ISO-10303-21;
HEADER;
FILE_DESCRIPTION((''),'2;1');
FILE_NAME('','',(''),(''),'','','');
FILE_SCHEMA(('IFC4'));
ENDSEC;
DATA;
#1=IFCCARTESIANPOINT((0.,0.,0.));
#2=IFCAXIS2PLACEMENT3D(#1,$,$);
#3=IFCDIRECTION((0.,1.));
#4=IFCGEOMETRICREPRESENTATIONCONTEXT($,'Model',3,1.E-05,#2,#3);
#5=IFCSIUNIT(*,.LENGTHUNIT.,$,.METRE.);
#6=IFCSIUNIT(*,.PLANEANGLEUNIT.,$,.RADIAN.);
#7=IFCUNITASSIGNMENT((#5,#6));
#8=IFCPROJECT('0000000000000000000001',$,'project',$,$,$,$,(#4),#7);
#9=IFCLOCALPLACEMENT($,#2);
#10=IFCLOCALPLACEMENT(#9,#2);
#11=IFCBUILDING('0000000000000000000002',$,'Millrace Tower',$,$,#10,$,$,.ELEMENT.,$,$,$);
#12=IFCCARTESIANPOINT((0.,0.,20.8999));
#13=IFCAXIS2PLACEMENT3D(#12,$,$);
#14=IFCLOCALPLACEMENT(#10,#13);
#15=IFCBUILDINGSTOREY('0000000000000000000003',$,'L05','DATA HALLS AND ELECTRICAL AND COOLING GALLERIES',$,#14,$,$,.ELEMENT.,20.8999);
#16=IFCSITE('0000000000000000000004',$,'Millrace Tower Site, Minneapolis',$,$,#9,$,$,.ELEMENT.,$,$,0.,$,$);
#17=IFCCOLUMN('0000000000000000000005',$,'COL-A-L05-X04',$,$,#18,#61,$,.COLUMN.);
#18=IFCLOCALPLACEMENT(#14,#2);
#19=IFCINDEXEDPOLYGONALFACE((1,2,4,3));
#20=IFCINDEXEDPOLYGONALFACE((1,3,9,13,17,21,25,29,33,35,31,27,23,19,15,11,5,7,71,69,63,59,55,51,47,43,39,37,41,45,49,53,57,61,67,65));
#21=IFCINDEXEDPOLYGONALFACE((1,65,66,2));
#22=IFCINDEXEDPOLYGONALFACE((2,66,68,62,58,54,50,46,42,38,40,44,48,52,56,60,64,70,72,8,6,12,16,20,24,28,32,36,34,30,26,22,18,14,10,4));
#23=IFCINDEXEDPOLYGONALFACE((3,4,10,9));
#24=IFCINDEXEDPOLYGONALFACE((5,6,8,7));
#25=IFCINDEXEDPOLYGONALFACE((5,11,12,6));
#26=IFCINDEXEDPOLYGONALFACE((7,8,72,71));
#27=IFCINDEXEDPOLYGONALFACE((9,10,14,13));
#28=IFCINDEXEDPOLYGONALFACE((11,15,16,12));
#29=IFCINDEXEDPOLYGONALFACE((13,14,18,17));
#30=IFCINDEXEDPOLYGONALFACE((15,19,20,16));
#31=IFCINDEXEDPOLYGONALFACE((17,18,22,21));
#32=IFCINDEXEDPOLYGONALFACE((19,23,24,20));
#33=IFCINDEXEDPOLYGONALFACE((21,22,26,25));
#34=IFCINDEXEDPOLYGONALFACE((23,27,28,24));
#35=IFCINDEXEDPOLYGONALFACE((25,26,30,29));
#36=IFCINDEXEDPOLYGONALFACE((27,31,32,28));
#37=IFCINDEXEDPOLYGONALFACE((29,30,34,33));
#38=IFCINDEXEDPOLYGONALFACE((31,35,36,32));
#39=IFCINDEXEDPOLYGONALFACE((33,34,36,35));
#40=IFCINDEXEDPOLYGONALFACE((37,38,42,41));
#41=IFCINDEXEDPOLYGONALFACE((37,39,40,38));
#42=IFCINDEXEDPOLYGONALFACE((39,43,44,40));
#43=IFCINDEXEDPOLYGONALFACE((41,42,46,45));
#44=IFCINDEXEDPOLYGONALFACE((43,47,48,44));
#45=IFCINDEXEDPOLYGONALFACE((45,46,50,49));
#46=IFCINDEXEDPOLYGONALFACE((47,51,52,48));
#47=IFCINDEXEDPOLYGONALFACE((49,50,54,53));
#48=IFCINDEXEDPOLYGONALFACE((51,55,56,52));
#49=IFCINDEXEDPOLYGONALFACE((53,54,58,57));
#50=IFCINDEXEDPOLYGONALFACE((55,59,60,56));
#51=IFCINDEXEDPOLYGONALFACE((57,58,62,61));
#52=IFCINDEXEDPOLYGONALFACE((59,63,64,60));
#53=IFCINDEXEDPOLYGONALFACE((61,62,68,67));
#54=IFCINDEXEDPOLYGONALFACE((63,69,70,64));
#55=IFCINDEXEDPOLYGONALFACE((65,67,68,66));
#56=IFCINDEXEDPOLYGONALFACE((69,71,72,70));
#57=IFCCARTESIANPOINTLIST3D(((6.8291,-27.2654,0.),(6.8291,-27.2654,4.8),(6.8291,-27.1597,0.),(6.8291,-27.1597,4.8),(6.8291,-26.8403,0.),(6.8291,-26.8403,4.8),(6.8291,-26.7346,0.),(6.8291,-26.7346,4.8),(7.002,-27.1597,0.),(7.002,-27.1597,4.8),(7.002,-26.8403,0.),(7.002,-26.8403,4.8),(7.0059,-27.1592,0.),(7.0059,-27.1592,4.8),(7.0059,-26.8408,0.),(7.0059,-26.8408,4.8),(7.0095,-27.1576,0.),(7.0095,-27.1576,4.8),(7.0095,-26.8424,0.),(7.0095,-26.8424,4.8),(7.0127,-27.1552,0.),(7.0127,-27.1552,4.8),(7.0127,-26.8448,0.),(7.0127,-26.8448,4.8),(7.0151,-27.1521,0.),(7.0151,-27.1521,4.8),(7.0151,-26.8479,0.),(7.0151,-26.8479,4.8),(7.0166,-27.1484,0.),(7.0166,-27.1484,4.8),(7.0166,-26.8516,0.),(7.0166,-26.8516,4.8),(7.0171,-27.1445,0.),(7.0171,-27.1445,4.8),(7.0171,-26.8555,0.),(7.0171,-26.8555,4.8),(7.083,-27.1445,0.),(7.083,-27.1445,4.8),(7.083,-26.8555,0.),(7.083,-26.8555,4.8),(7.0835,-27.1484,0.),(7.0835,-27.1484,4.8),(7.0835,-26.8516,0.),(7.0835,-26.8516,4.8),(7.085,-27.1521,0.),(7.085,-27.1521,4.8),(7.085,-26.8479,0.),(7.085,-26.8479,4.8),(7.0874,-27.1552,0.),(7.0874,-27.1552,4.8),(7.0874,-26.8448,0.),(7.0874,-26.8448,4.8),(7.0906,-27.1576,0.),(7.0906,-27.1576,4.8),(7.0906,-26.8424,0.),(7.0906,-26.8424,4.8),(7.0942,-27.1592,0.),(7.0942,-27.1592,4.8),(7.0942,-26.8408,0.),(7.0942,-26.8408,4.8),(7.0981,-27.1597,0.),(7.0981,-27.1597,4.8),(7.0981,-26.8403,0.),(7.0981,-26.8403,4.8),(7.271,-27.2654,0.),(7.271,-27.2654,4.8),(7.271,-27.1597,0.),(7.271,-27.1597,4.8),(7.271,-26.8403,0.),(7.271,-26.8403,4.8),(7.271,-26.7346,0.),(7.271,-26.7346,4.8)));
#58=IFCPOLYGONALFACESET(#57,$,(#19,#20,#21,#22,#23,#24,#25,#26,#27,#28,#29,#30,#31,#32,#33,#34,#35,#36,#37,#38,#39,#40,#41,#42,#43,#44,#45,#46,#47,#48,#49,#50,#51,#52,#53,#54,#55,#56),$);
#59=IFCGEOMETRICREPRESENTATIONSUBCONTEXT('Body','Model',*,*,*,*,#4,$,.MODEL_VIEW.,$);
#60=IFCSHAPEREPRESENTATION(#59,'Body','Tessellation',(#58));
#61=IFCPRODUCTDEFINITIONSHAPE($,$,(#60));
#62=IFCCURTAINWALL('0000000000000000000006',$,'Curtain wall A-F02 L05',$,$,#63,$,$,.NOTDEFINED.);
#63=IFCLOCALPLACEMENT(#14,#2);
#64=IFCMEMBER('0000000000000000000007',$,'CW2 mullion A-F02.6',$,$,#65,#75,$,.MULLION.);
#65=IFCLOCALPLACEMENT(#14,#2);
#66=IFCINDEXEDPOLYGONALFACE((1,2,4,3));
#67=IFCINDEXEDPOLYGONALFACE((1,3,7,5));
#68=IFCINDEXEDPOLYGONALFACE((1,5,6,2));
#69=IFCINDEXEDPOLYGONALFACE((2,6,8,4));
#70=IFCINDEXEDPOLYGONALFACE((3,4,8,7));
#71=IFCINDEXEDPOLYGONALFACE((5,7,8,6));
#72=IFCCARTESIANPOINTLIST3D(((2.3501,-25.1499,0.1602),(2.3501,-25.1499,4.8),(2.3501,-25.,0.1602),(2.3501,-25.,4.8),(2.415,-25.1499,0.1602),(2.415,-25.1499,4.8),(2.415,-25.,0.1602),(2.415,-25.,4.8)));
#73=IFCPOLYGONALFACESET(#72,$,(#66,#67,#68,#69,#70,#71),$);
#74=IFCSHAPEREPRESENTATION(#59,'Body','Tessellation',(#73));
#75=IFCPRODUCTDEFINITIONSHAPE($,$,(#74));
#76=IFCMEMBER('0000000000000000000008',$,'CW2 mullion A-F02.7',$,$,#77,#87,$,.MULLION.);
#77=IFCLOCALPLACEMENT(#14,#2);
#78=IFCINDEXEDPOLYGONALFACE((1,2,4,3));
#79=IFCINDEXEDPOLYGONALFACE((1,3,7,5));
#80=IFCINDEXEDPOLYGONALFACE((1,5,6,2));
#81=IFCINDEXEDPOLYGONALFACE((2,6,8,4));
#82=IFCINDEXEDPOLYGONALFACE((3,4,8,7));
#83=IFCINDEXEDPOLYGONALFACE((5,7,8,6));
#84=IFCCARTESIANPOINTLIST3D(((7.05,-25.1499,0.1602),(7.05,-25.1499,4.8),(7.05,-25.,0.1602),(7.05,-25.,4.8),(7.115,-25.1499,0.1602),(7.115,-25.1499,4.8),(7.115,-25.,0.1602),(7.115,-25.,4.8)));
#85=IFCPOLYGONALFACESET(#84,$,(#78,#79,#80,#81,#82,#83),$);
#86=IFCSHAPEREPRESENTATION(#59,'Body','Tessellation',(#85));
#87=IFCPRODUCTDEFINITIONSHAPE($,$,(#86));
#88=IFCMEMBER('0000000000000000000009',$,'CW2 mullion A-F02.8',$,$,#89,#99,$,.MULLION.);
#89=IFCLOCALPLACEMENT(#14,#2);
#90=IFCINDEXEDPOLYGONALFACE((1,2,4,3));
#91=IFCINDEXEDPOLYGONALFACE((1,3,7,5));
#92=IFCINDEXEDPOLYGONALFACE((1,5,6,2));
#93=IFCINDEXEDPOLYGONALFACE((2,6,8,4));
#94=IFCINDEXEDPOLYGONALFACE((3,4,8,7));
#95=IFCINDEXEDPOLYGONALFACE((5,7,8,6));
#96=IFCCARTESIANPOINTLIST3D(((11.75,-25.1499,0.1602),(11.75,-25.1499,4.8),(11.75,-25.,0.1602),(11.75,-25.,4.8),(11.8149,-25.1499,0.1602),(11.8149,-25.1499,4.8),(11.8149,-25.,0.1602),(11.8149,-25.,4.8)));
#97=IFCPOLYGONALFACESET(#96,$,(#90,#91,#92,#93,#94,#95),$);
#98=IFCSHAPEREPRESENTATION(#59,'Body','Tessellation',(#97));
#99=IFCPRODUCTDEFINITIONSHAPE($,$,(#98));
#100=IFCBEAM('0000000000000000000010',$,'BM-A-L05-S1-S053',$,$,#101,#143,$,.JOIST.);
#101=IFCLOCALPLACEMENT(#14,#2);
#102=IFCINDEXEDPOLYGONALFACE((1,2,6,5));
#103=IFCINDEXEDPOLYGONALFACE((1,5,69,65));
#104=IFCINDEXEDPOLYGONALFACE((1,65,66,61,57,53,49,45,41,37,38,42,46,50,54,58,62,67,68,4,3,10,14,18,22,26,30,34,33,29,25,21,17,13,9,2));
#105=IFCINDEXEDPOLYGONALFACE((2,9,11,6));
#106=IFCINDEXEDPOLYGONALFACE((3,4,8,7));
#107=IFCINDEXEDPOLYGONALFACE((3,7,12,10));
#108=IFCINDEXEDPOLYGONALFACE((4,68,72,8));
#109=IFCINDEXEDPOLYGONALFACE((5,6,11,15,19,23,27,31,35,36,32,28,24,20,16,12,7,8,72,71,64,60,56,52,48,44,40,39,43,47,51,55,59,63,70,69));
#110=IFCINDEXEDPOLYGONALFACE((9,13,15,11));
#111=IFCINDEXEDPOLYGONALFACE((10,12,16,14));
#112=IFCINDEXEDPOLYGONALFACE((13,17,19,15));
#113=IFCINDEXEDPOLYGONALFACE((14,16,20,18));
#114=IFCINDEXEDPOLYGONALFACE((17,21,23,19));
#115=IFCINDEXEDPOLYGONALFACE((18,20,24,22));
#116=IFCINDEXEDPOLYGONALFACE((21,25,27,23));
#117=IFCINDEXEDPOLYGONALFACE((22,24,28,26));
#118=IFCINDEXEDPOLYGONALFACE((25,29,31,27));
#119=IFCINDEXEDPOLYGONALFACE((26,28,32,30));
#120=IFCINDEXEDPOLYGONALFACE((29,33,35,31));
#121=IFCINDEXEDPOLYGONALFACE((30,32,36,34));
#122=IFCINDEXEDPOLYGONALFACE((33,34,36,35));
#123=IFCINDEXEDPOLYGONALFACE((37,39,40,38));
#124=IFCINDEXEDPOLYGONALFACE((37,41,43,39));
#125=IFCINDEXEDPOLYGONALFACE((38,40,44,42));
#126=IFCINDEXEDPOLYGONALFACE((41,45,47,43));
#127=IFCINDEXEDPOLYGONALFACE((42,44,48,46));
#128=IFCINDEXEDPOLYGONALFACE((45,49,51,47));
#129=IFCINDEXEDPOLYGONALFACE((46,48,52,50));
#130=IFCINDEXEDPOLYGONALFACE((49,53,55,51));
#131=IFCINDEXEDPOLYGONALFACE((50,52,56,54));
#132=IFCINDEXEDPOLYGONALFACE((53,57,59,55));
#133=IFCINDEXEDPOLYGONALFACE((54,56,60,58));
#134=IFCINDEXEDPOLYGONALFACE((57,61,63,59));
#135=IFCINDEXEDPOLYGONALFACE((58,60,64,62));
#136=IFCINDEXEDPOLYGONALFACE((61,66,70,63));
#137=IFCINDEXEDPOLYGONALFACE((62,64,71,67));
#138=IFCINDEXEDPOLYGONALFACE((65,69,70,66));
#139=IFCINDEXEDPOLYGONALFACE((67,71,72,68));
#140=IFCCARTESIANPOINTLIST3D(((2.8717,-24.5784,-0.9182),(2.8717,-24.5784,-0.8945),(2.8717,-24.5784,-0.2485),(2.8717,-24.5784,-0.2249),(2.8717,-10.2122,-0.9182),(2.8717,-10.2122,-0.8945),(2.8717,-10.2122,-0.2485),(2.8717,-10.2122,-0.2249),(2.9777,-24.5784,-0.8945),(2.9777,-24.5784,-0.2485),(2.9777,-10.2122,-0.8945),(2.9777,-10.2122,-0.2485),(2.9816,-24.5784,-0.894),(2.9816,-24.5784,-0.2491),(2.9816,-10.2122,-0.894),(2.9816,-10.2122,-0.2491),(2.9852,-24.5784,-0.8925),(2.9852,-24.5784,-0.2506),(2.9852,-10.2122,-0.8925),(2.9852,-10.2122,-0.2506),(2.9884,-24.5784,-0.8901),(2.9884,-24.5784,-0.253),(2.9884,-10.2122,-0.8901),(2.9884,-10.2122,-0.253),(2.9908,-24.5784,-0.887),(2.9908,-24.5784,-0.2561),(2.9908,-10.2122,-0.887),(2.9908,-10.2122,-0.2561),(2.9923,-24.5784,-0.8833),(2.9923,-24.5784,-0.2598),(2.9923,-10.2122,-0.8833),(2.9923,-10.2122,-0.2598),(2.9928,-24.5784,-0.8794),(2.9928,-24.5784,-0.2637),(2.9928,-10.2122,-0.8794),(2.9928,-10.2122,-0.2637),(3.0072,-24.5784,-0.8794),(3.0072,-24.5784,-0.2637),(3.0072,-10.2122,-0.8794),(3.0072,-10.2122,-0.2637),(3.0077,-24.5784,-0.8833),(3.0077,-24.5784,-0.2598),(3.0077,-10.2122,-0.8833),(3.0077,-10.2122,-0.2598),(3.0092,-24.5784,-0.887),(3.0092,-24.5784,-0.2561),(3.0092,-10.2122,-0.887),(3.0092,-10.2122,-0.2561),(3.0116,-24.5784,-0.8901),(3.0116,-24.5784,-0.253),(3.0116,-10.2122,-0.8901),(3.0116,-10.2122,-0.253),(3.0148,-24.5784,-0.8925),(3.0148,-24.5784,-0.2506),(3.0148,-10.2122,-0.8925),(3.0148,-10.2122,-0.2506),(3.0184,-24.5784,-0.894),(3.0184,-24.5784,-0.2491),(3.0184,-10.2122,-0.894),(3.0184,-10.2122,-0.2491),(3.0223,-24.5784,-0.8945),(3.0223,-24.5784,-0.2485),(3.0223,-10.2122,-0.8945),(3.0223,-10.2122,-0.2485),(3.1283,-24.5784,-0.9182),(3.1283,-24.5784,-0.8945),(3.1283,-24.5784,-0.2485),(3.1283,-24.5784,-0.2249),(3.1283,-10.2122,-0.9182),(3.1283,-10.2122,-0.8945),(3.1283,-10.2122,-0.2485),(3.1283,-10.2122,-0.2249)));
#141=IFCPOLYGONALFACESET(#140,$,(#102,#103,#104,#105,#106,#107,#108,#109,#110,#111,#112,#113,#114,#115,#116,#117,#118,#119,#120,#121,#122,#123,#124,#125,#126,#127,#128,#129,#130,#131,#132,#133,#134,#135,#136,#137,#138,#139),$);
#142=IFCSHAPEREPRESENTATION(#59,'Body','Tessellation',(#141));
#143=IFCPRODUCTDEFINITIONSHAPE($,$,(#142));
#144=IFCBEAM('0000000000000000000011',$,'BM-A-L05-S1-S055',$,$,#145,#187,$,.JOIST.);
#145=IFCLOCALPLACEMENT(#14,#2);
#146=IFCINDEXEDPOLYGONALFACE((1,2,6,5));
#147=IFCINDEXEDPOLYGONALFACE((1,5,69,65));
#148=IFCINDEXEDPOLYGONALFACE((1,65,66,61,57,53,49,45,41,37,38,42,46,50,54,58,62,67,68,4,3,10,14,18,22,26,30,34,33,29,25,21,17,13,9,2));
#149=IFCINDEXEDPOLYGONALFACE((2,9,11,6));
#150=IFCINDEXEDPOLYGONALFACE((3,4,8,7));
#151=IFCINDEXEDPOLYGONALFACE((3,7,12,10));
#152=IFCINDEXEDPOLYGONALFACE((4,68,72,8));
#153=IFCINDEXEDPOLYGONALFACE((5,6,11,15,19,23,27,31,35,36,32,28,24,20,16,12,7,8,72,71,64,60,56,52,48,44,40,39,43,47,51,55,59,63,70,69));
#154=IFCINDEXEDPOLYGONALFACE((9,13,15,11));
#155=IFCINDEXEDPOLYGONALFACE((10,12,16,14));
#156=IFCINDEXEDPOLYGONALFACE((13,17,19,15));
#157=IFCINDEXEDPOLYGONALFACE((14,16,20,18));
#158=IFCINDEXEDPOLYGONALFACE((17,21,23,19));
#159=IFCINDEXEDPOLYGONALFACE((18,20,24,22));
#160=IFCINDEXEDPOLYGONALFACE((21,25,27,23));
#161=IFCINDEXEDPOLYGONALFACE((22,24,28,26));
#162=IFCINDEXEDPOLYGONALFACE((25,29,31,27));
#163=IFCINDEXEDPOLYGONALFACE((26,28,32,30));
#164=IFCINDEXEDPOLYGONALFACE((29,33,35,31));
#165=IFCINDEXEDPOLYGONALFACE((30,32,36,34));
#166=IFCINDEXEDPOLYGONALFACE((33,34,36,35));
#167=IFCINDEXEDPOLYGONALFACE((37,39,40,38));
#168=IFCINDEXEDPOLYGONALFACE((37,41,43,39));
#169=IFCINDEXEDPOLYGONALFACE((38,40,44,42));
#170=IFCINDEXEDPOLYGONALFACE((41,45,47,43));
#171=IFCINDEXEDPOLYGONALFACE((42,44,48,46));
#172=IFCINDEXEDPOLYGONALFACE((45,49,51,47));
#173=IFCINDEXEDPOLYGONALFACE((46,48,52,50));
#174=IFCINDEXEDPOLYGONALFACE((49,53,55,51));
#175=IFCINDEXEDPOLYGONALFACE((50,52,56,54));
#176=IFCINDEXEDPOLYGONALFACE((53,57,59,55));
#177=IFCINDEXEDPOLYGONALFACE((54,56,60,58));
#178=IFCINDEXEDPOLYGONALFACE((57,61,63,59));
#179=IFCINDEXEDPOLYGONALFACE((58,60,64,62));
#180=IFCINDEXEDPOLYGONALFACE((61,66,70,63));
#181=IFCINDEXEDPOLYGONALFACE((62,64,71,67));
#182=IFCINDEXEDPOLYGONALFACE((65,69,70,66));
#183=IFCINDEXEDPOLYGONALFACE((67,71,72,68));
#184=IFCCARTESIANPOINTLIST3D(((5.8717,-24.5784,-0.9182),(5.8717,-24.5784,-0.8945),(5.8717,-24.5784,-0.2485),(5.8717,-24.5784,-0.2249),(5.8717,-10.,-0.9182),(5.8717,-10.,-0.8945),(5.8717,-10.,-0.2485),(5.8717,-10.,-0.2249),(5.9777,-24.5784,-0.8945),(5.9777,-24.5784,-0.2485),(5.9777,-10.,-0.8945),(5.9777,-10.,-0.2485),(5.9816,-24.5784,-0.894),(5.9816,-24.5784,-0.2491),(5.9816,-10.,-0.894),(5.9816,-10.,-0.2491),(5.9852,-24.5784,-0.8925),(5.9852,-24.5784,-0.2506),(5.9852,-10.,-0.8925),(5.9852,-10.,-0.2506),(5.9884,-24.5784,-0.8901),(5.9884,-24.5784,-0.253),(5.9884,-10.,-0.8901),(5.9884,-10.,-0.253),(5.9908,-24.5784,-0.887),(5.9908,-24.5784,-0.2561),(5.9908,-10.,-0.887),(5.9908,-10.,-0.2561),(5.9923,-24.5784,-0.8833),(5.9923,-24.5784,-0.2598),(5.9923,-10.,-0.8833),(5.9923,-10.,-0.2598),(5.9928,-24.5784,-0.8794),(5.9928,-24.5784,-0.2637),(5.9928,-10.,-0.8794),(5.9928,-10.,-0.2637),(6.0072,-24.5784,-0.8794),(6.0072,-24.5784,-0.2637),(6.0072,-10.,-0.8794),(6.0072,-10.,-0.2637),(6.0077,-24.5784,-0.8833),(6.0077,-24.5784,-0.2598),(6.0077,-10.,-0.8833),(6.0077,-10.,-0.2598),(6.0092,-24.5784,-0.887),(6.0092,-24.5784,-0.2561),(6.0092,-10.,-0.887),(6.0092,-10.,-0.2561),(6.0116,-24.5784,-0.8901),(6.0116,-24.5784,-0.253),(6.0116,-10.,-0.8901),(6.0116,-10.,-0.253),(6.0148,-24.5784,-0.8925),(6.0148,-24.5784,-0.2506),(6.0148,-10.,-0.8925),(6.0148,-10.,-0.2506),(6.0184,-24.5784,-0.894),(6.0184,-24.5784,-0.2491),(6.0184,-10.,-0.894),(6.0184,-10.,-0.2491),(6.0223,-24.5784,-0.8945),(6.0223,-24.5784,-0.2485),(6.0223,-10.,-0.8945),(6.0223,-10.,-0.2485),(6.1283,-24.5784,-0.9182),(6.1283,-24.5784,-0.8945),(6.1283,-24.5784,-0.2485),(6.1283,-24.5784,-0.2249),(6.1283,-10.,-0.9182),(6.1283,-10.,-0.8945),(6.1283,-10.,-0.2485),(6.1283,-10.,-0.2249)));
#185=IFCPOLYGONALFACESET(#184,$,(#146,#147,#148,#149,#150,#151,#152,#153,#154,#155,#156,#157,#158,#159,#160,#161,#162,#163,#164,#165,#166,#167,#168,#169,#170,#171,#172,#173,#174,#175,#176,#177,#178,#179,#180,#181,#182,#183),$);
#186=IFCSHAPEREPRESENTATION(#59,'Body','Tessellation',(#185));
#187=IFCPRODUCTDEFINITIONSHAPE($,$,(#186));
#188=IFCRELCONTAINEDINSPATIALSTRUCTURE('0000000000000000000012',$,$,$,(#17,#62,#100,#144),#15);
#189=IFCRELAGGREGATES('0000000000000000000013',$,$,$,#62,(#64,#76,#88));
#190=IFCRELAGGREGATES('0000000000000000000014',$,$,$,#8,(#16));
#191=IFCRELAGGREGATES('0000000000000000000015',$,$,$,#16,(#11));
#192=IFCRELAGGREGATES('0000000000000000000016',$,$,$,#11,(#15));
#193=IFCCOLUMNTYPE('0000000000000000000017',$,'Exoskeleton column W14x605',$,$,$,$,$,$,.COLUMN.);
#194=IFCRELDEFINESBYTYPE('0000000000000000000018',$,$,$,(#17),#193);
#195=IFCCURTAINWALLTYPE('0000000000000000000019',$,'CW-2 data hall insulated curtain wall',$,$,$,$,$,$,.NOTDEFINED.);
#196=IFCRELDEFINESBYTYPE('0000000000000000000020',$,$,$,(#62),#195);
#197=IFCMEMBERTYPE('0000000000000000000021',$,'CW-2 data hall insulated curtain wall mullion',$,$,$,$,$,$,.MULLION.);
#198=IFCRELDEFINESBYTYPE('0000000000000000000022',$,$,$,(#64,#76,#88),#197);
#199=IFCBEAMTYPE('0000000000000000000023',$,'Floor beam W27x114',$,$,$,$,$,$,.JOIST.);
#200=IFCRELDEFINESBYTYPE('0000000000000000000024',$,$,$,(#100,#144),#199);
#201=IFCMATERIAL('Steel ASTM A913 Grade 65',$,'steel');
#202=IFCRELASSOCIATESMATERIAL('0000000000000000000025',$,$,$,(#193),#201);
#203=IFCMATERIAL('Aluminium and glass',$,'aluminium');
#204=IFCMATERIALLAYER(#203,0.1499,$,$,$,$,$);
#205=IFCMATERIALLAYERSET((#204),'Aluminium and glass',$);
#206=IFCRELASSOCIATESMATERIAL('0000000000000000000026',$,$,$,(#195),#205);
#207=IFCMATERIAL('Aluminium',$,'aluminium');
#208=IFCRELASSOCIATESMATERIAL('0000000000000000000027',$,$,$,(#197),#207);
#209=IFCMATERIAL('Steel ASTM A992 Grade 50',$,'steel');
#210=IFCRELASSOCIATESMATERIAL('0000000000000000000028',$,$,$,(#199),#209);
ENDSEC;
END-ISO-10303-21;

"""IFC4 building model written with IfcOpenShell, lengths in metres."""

from ifc_helpers import new_model, si_unit, direction, frame, origin, origin_2d, place, context, subcontext, project, spatial, rectangle, i_section, extrude, material, layer, layer_set, material_profile, profile_set, type_object, element, aggregate, save


model = new_model("IFC4")

# Units and contexts
model_context = context("Model", 3, precision=1e-05, world=origin(), true_north=direction((0.0, 1.0)))
body_context = subcontext(model_context, "Body", "Model", "MODEL_VIEW")
ifc_project = project(units=[si_unit("LENGTHUNIT", "METRE"), si_unit("PLANEANGLEUNIT", "RADIAN")], contexts=[model_context])

# Site, building, storey
site_placement = place(None, origin())
site = spatial("IfcSite", under=ifc_project, at=site_placement, Name="Millrace Tower Site, Minneapolis", CompositionType="ELEMENT", RefElevation=0.0)
building_placement = place(site_placement, origin())
building = spatial("IfcBuilding", under=site, at=building_placement, Name="Millrace Tower", CompositionType="ELEMENT")
storey_placement = place(building_placement, frame((0.0, 0.0, 20.8999)))
storey = spatial("IfcBuildingStorey", under=building, at=storey_placement, Name="L05", Description="DATA HALLS AND ELECTRICAL AND COOLING GALLERIES", CompositionType="ELEMENT", Elevation=20.8999)

# Column
ifc_material_1 = material(Name="Steel ASTM A913 Grade 65", Category="steel")
ifc_material_profile_1 = material_profile(ifc_material_1, i_section(OverallWidth=0.4419, OverallDepth=0.5308, WebThickness=0.0659, FlangeThickness=0.1057, FilletRadius=0.0151, at=origin_2d()))
ifc_profile_set_1 = profile_set([ifc_material_profile_1], Name="Steel ASTM A913 Grade 65")
column_type = type_object("IfcColumnType", Name="Exoskeleton column W14x605", PredefinedType="COLUMN", material=ifc_profile_set_1)
column_placement = place(storey_placement, frame((7.05, -27.0, 0.0), z_axis=(0.0, 0.0, 1.0), x_axis=(1.0, 0.0, 0.0)))
element("IfcColumn", 1, at=column_placement, inside=storey, type_object=column_type, Name="COL-A-L05-X04", PredefinedType="COLUMN", context=body_context, shape_type="SweptSolid", body=[
    extrude(i_section(OverallWidth=0.4419, OverallDepth=0.5308, WebThickness=0.0659, FlangeThickness=0.1057, FilletRadius=0.0151, at=origin_2d()), origin(), (0.0, 0.0, 1.0), 4.8),
])

# Curtain wall, members
ifc_material_2 = material(Name="Aluminium and glass", Category="aluminium")
ifc_layer_1 = layer(ifc_material_2, 0.1499)
ifc_layer_set_1 = layer_set([ifc_layer_1], Name="Aluminium and glass")
curtain_wall_type = type_object("IfcCurtainWallType", Name="CW-2 data hall insulated curtain wall", PredefinedType="NOTDEFINED", material=ifc_layer_set_1)
placement = place(storey_placement, origin())
curtain_wall = element("IfcCurtainWall", 2, at=placement, inside=storey, type_object=curtain_wall_type, Name="Curtain wall A-F02 L05", PredefinedType="NOTDEFINED")
ifc_material_3 = material(Name="Aluminium", Category="aluminium")
ifc_material_profile_2 = material_profile(ifc_material_3, rectangle(XDim=0.0649, YDim=0.1499, at=origin_2d()))
ifc_profile_set_2 = profile_set([ifc_material_profile_2], Name="Aluminium")
member_type = type_object("IfcMemberType", Name="CW-2 data hall insulated curtain wall mullion", PredefinedType="MULLION", material=ifc_profile_set_2)
member_1_placement = place(storey_placement, frame((2.3826, -25.075, 0.1602), z_axis=(0.0, 0.0, 1.0), x_axis=(1.0, 0.0, 0.0)))
member_1 = element("IfcMember", 3, at=member_1_placement, type_object=member_type, Name="CW2 mullion A-F02.6", PredefinedType="MULLION", context=body_context, shape_type="SweptSolid", body=[
    extrude(rectangle(XDim=0.0649, YDim=0.1499, at=origin_2d()), origin(), (0.0, 0.0, 1.0), 4.6399),
])
member_2_placement = place(storey_placement, frame((7.0825, -25.075, 0.1602), z_axis=(0.0, 0.0, 1.0), x_axis=(1.0, 0.0, 0.0)))
member_2 = element("IfcMember", 4, at=member_2_placement, type_object=member_type, Name="CW2 mullion A-F02.7", PredefinedType="MULLION", context=body_context, shape_type="SweptSolid", body=[
    extrude(rectangle(XDim=0.0649, YDim=0.1499, at=origin_2d()), origin(), (0.0, 0.0, 1.0), 4.6399),
])
member_3_placement = place(storey_placement, frame((11.7825, -25.075, 0.1602), z_axis=(0.0, 0.0, 1.0), x_axis=(1.0, 0.0, 0.0)))
member_3 = element("IfcMember", 5, at=member_3_placement, type_object=member_type, Name="CW2 mullion A-F02.8", PredefinedType="MULLION", context=body_context, shape_type="SweptSolid", body=[
    extrude(rectangle(XDim=0.0649, YDim=0.1499, at=origin_2d()), origin(), (0.0, 0.0, 1.0), 4.6399),
])
aggregate(curtain_wall, [member_1, member_2, member_3])

# Beams
ifc_material_4 = material(Name="Steel ASTM A992 Grade 50", Category="steel")
ifc_material_profile_3 = material_profile(ifc_material_4, i_section(OverallWidth=0.2566, OverallDepth=0.6934, WebThickness=0.0144, FlangeThickness=0.0237, FilletRadius=0.0151, at=origin_2d()))
ifc_profile_set_3 = profile_set([ifc_material_profile_3], Name="Steel ASTM A992 Grade 50")
beam_type_1 = type_object("IfcBeamType", Name="Floor beam W27x114", PredefinedType="JOIST", material=ifc_profile_set_3)
beam_1_placement = place(storey_placement, frame((3.0, -24.5784, -0.5715), z_axis=(0.0, 1.0, 0.0), x_axis=(-1.0, 0.0, 0.0)))
element("IfcBeam", 6, at=beam_1_placement, inside=storey, type_object=beam_type_1, Name="BM-A-L05-S1-S053", PredefinedType="JOIST", context=body_context, shape_type="SweptSolid", body=[
    extrude(i_section(OverallWidth=0.2566, OverallDepth=0.6934, WebThickness=0.0144, FlangeThickness=0.0237, FilletRadius=0.0151, at=origin_2d()), origin(), (0.0, 0.0, 1.0), 14.3662),
])
for number, where, z_axis, x_axis, name in (
    (7, (6.0, -24.5784, -0.5715), (0.0, 1.0, 0.0), (-1.0, 0.0, 0.0), "BM-A-L05-S1-S055"),
):
    element("IfcBeam", number, at=place(storey_placement, frame(where, z_axis=z_axis, x_axis=x_axis)), inside=storey, type_object=beam_type_1, Name=name, PredefinedType="JOIST", context=body_context, shape_type="SweptSolid", body=[
        extrude(i_section(OverallWidth=0.2566, OverallDepth=0.6934, WebThickness=0.0144, FlangeThickness=0.0237, FilletRadius=0.0151, at=origin_2d()), origin(), (0.0, 0.0, 1.0), 14.5784),
    ])

save(model, "model.ifc")
